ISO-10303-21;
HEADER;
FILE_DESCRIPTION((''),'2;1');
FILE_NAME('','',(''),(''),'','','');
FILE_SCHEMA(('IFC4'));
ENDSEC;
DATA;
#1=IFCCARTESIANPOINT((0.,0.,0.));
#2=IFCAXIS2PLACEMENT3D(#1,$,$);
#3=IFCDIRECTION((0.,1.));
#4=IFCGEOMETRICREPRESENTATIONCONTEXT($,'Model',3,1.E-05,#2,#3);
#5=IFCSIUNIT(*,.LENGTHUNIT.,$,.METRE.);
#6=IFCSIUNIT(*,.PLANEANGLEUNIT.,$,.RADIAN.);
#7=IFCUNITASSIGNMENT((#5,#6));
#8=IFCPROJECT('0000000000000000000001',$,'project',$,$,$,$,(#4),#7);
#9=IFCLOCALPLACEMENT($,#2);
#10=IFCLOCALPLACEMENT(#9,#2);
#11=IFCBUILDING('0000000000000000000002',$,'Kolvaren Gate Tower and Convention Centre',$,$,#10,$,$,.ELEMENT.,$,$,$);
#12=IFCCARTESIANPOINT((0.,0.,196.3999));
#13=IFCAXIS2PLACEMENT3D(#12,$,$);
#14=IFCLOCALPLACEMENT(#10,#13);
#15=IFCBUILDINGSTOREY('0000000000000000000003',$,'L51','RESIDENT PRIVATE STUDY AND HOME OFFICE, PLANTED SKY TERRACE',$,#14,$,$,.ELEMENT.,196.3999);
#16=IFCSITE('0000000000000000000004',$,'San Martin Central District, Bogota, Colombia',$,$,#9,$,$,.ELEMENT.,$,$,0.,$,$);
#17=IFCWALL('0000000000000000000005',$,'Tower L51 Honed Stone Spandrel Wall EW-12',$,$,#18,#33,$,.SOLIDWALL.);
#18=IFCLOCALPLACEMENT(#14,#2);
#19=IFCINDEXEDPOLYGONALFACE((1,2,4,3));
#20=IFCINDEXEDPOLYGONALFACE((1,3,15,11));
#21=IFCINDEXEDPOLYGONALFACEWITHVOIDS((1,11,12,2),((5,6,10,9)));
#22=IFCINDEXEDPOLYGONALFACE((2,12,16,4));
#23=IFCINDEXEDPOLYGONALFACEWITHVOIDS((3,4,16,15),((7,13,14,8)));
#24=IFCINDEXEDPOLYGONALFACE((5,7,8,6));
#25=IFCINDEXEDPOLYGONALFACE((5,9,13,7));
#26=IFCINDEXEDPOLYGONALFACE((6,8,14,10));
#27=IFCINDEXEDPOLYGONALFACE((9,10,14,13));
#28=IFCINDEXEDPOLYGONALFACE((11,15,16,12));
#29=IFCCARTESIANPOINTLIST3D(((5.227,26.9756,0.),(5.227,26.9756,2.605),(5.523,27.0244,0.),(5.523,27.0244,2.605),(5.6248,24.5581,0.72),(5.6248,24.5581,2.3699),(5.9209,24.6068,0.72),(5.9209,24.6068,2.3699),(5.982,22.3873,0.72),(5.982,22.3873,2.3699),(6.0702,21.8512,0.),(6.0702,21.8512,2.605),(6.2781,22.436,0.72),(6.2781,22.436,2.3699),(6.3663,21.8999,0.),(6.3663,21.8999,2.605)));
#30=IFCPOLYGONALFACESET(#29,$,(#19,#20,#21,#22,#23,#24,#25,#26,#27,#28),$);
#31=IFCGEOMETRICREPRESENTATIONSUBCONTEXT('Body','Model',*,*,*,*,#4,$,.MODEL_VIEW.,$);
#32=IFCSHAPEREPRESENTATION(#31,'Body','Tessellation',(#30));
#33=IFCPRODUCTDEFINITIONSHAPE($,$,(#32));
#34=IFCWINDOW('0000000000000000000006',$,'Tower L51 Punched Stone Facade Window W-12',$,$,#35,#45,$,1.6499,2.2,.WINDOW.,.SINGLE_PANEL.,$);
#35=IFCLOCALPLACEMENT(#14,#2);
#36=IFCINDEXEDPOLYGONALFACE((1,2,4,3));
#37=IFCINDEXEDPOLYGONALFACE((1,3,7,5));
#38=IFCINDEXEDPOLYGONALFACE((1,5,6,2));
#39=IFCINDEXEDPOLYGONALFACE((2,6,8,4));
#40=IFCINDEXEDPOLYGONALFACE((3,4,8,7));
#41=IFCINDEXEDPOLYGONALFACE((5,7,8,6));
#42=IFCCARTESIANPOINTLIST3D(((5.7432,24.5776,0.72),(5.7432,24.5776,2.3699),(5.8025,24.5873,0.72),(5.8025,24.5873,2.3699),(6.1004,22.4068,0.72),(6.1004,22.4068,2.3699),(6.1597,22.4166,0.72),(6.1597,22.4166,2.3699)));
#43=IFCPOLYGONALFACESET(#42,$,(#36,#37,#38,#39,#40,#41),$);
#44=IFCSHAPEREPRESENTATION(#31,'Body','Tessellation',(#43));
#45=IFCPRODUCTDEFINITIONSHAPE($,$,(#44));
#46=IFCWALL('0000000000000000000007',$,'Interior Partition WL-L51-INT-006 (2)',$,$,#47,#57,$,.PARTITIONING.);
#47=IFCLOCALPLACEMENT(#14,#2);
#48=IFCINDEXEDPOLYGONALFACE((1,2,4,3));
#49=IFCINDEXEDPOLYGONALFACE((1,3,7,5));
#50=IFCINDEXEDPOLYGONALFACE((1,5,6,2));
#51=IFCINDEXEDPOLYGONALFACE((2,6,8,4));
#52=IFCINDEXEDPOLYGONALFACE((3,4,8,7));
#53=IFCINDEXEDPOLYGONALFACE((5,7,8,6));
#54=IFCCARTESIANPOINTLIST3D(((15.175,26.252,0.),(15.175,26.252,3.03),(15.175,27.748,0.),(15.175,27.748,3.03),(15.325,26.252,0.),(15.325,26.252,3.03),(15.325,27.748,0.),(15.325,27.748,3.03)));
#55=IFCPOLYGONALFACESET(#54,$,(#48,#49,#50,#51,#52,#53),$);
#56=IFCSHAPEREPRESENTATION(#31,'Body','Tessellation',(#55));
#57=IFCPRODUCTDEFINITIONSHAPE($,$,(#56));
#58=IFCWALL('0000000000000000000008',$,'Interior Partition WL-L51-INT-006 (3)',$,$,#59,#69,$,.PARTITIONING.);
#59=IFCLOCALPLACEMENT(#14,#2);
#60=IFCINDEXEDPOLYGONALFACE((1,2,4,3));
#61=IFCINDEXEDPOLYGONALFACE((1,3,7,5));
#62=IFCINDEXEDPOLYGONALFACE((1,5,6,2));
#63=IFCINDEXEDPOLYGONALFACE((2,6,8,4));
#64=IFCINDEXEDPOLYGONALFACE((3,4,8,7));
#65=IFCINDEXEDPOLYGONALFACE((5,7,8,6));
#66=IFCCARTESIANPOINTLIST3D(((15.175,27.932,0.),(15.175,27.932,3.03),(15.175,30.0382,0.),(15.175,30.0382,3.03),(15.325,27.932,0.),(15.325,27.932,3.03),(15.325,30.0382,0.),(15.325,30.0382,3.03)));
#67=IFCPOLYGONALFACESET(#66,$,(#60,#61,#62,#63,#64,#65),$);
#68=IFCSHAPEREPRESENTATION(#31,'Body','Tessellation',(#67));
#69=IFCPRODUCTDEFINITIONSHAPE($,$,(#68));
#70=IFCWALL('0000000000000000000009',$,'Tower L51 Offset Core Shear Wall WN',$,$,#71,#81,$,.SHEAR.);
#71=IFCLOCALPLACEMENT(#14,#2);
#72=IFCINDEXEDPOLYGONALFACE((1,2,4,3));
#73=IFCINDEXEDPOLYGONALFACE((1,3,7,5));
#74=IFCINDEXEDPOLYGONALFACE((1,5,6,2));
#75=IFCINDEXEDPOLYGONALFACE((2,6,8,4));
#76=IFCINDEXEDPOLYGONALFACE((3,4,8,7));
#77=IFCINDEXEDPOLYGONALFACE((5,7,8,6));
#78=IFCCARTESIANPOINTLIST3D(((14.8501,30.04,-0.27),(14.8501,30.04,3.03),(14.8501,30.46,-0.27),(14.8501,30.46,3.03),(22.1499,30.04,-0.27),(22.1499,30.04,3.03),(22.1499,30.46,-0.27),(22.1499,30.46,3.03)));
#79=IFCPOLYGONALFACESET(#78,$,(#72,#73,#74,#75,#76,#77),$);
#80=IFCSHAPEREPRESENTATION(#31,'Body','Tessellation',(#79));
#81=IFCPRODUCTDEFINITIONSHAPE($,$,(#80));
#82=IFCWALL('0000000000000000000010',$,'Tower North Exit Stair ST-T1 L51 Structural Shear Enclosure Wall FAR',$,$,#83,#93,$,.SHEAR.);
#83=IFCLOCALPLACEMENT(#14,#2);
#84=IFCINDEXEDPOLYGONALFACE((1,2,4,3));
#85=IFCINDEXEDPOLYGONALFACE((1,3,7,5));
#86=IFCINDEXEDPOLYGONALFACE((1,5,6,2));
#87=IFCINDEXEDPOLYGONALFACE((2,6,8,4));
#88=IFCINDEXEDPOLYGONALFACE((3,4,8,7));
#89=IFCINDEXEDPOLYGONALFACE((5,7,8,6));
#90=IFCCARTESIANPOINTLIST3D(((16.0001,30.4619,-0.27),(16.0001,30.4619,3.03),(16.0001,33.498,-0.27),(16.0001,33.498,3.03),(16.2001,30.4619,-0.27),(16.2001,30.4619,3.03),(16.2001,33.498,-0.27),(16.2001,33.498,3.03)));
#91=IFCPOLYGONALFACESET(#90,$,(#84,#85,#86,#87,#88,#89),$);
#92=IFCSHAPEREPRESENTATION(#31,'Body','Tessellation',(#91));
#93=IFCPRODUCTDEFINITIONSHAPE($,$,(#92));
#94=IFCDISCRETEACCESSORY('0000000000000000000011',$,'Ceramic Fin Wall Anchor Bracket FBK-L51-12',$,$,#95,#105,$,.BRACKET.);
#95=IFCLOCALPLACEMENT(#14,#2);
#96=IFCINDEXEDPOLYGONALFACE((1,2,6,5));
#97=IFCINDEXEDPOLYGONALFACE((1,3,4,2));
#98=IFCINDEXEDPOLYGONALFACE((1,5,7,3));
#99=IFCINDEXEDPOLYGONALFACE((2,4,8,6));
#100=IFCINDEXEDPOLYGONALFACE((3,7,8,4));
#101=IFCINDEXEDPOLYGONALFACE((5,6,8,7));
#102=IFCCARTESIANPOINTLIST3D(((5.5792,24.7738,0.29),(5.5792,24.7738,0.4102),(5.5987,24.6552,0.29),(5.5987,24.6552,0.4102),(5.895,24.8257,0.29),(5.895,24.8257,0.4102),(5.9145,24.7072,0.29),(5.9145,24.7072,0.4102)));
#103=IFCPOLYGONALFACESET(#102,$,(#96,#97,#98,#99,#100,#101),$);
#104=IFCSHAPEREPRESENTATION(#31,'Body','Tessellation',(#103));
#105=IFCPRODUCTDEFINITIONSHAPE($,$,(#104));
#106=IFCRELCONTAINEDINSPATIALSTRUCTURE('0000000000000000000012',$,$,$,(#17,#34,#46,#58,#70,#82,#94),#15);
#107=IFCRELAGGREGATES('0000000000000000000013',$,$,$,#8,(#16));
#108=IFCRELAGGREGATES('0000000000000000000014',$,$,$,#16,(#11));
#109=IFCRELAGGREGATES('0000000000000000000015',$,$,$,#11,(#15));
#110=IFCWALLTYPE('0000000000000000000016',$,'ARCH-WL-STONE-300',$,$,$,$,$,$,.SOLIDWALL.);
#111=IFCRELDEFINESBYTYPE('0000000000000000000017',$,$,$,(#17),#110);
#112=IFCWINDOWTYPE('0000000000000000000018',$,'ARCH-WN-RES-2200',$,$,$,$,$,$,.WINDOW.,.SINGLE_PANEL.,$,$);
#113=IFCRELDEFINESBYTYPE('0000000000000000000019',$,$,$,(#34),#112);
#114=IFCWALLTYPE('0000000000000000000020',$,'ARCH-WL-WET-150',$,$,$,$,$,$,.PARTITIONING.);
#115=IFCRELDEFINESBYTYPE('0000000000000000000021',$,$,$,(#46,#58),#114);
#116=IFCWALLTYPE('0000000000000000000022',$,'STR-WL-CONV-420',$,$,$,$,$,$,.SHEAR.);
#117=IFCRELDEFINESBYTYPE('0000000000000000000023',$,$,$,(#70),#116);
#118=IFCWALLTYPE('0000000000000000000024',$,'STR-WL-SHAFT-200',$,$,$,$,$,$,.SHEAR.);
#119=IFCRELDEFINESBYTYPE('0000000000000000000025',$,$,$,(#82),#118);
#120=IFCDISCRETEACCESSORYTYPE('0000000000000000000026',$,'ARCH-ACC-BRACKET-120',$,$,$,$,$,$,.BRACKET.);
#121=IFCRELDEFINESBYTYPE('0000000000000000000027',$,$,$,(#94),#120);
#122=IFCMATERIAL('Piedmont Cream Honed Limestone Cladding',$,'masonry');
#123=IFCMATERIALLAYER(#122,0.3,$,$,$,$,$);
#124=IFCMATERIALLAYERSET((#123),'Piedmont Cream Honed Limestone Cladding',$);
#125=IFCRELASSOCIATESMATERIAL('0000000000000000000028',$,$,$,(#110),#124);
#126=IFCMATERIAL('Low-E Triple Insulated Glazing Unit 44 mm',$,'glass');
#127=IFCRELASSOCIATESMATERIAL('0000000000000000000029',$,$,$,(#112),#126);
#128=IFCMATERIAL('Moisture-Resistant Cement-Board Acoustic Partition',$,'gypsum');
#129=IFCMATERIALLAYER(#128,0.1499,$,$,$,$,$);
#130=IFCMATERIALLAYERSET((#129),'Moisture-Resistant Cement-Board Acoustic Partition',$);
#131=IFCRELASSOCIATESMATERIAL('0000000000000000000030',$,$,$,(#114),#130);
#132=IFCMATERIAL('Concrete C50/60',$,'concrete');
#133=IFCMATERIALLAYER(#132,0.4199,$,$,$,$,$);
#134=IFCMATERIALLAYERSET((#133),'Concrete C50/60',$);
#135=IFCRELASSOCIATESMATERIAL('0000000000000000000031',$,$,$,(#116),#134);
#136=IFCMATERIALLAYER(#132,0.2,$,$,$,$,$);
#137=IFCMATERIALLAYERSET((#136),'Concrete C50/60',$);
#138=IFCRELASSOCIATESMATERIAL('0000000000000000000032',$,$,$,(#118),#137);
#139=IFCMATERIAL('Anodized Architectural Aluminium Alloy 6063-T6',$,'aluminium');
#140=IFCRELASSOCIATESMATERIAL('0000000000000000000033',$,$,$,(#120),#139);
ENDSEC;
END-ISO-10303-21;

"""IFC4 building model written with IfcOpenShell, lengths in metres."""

from ifc_helpers import new_model, si_unit, direction, frame, frame_2d, origin, origin_2d, place, context, subcontext, project, spatial, rectangle, extrude, material, layer, layer_set, type_object, element, fill, save


model = new_model("IFC4")

# Units and contexts
model_context = context("Model", 3, precision=1e-05, world=origin(), true_north=direction((0.0, 1.0)))
body_context = subcontext(model_context, "Body", "Model", "MODEL_VIEW")
ifc_project = project(units=[si_unit("LENGTHUNIT", "METRE"), si_unit("PLANEANGLEUNIT", "RADIAN")], contexts=[model_context])

# Site, building, storey
site_placement = place(None, origin())
site = spatial("IfcSite", under=ifc_project, at=site_placement, Name="San Martin Central District, Bogota, Colombia", CompositionType="ELEMENT", RefElevation=0.0)
building_placement = place(site_placement, origin())
building = spatial("IfcBuilding", under=site, at=building_placement, Name="Kolvaren Gate Tower and Convention Centre", CompositionType="ELEMENT")
storey_placement = place(building_placement, frame((0.0, 0.0, 196.3999)))
storey = spatial("IfcBuildingStorey", under=building, at=storey_placement, Name="L51", Description="RESIDENT PRIVATE STUDY AND HOME OFFICE, PLANTED SKY TERRACE", CompositionType="ELEMENT", Elevation=196.3999)

# Shared definitions
ifc_material_1 = material(Name="Piedmont Cream Honed Limestone Cladding", Category="masonry")

# Shared definitions
ifc_layer_1 = layer(ifc_material_1, 0.3)
ifc_layer_set_1 = layer_set([ifc_layer_1], Name="Piedmont Cream Honed Limestone Cladding")
wall_type_1 = type_object("IfcWallType", Name="ARCH-WL-STONE-300", PredefinedType="SOLIDWALL", material=ifc_layer_set_1)
ifc_material_2 = material(Name="Anodized Architectural Aluminium Alloy 6063-T6", Category="aluminium")

# Wall, opening, window
ifc_material_3 = material(Name="Low-E Triple Insulated Glazing Unit 44 mm", Category="glass")
window_type = type_object("IfcWindowType", Name="ARCH-WN-RES-2200", PartitioningType="SINGLE_PANEL", PredefinedType="WINDOW", material=ifc_material_3)
wall_1_placement = place(storey_placement, frame((5.375, 27.0, 0.0), z_axis=(0.0, 0.0, 1.0), x_axis=(0.162371, -0.98673, 0.0)))
wall_1 = element("IfcWall", 1, at=wall_1_placement, inside=storey, type_object=wall_type_1, Name="Tower L51 Honed Stone Spandrel Wall EW-12", PredefinedType="SOLIDWALL", context=body_context, shape_type="SweptSolid", body=[
    extrude(rectangle(XDim=5.1934, YDim=0.3, at=frame_2d((2.5967, 0.0))), origin(), (0.0, 0.0, 1.0), 2.605),
])
opening_1_placement = place(wall_1_placement, frame((2.45, 0.0, 0.72)))
opening_1 = element("IfcOpeningElement", 2, at=opening_1_placement, cuts=wall_1, PredefinedType="OPENING", context=body_context, shape_type="SweptSolid", body=[
    extrude(rectangle(XDim=2.2, YDim=1.6499, at=frame_2d((1.1001, 0.825))), frame((0.0, 0.1599, 0.0), z_axis=(0.0, -1.0, 0.0), x_axis=(1.0, 0.0, 0.0)), (0.0, 0.0, 1.0), 0.3201),
])
window_1_placement = place(opening_1_placement, origin())
window_1 = element("IfcWindow", 3, at=window_1_placement, inside=storey, type_object=window_type, Name="Tower L51 Punched Stone Facade Window W-12", OverallHeight=1.6499, OverallWidth=2.2, PartitioningType="SINGLE_PANEL", PredefinedType="WINDOW", context=body_context, shape_type="SweptSolid", body=[
    extrude(rectangle(XDim=2.2, YDim=1.6499, at=frame_2d((1.1001, 0.825))), frame((0.0, 0.03, 0.0), z_axis=(0.0, -1.0, 0.0), x_axis=(1.0, 0.0, 0.0)), (0.0, 0.0, 1.0), 0.0601),
])
fill(opening_1, window_1)

# Walls
ifc_material_4 = material(Name="Moisture-Resistant Cement-Board Acoustic Partition", Category="gypsum")
ifc_layer_2 = layer(ifc_material_4, 0.1499)
ifc_layer_set_2 = layer_set([ifc_layer_2], Name="Moisture-Resistant Cement-Board Acoustic Partition")
wall_type_2 = type_object("IfcWallType", Name="ARCH-WL-WET-150", PredefinedType="PARTITIONING", material=ifc_layer_set_2)
wall_2_placement = place(storey_placement, frame((15.25, 26.252, 0.0), z_axis=(0.0, 0.0, 1.0), x_axis=(0.0, 1.0, 0.0)))
element("IfcWall", 4, at=wall_2_placement, inside=storey, type_object=wall_type_2, Name="Interior Partition WL-L51-INT-006 (2)", PredefinedType="PARTITIONING", context=body_context, shape_type="SweptSolid", body=[
    extrude(rectangle(XDim=1.4961, YDim=0.1499, at=frame_2d((0.748, 0.0))), origin(), (0.0, 0.0, 1.0), 3.03),
])
wall_3_placement = place(storey_placement, frame((15.25, 27.9319, 0.0), z_axis=(0.0, 0.0, 1.0), x_axis=(0.0, 1.0, 0.0)))
element("IfcWall", 5, at=wall_3_placement, inside=storey, type_object=wall_type_2, Name="Interior Partition WL-L51-INT-006 (3)", PredefinedType="PARTITIONING", context=body_context, shape_type="SweptSolid", body=[
    extrude(rectangle(XDim=2.1062, YDim=0.1499, at=frame_2d((1.0532, 0.0))), origin(), (0.0, 0.0, 1.0), 3.03),
])
ifc_material_5 = material(Name="Concrete C50/60", Category="concrete")
ifc_layer_3 = layer(ifc_material_5, 0.4199)
ifc_layer_set_3 = layer_set([ifc_layer_3], Name="Concrete C50/60")
wall_type_3 = type_object("IfcWallType", Name="STR-WL-CONV-420", PredefinedType="SHEAR", material=ifc_layer_set_3)
wall_4_placement = place(storey_placement, frame((14.8501, 30.25, -0.27), z_axis=(0.0, 0.0, 1.0), x_axis=(1.0, 0.0, 0.0)))
element("IfcWall", 6, at=wall_4_placement, inside=storey, type_object=wall_type_3, Name="Tower L51 Offset Core Shear Wall WN", PredefinedType="SHEAR", context=body_context, shape_type="SweptSolid", body=[
    extrude(rectangle(XDim=7.2998, YDim=0.4199, at=frame_2d((3.6499, 0.0))), origin(), (0.0, 0.0, 1.0), 3.3),
])
ifc_layer_4 = layer(ifc_material_5, 0.2)
ifc_layer_set_4 = layer_set([ifc_layer_4], Name="Concrete C50/60")
wall_type_4 = type_object("IfcWallType", Name="STR-WL-SHAFT-200", PredefinedType="SHEAR", material=ifc_layer_set_4)
wall_5_placement = place(storey_placement, frame((16.1001, 30.4619, -0.27), z_axis=(0.0, 0.0, 1.0), x_axis=(0.0, 1.0, 0.0)))
element("IfcWall", 7, at=wall_5_placement, inside=storey, type_object=wall_type_4, Name="Tower North Exit Stair ST-T1 L51 Structural Shear Enclosure Wall FAR", PredefinedType="SHEAR", context=body_context, shape_type="SweptSolid", body=[
    extrude(rectangle(XDim=3.0361, YDim=0.2, at=frame_2d((1.5181, 0.0))), origin(), (0.0, 0.0, 1.0), 3.3),
])

# Discrete accessory
discrete_accessory_type = type_object("IfcDiscreteAccessoryType", Name="ARCH-ACC-BRACKET-120", PredefinedType="BRACKET", material=ifc_material_2)
discrete_accessory_placement = place(storey_placement, frame((5.7468, 24.7405, 0.29), z_axis=(0.0, 0.0, 1.0), x_axis=(0.162375, -0.986729, 0.0)))
element("IfcDiscreteAccessory", 8, at=discrete_accessory_placement, inside=storey, type_object=discrete_accessory_type, Name="Ceramic Fin Wall Anchor Bracket FBK-L51-12", PredefinedType="BRACKET", context=body_context, shape_type="SweptSolid", body=[
    extrude(rectangle(XDim=0.1201, YDim=0.3201, at=origin_2d()), origin(), (0.0, 0.0, 1.0), 0.1201),
])

save(model, "model.ifc")
